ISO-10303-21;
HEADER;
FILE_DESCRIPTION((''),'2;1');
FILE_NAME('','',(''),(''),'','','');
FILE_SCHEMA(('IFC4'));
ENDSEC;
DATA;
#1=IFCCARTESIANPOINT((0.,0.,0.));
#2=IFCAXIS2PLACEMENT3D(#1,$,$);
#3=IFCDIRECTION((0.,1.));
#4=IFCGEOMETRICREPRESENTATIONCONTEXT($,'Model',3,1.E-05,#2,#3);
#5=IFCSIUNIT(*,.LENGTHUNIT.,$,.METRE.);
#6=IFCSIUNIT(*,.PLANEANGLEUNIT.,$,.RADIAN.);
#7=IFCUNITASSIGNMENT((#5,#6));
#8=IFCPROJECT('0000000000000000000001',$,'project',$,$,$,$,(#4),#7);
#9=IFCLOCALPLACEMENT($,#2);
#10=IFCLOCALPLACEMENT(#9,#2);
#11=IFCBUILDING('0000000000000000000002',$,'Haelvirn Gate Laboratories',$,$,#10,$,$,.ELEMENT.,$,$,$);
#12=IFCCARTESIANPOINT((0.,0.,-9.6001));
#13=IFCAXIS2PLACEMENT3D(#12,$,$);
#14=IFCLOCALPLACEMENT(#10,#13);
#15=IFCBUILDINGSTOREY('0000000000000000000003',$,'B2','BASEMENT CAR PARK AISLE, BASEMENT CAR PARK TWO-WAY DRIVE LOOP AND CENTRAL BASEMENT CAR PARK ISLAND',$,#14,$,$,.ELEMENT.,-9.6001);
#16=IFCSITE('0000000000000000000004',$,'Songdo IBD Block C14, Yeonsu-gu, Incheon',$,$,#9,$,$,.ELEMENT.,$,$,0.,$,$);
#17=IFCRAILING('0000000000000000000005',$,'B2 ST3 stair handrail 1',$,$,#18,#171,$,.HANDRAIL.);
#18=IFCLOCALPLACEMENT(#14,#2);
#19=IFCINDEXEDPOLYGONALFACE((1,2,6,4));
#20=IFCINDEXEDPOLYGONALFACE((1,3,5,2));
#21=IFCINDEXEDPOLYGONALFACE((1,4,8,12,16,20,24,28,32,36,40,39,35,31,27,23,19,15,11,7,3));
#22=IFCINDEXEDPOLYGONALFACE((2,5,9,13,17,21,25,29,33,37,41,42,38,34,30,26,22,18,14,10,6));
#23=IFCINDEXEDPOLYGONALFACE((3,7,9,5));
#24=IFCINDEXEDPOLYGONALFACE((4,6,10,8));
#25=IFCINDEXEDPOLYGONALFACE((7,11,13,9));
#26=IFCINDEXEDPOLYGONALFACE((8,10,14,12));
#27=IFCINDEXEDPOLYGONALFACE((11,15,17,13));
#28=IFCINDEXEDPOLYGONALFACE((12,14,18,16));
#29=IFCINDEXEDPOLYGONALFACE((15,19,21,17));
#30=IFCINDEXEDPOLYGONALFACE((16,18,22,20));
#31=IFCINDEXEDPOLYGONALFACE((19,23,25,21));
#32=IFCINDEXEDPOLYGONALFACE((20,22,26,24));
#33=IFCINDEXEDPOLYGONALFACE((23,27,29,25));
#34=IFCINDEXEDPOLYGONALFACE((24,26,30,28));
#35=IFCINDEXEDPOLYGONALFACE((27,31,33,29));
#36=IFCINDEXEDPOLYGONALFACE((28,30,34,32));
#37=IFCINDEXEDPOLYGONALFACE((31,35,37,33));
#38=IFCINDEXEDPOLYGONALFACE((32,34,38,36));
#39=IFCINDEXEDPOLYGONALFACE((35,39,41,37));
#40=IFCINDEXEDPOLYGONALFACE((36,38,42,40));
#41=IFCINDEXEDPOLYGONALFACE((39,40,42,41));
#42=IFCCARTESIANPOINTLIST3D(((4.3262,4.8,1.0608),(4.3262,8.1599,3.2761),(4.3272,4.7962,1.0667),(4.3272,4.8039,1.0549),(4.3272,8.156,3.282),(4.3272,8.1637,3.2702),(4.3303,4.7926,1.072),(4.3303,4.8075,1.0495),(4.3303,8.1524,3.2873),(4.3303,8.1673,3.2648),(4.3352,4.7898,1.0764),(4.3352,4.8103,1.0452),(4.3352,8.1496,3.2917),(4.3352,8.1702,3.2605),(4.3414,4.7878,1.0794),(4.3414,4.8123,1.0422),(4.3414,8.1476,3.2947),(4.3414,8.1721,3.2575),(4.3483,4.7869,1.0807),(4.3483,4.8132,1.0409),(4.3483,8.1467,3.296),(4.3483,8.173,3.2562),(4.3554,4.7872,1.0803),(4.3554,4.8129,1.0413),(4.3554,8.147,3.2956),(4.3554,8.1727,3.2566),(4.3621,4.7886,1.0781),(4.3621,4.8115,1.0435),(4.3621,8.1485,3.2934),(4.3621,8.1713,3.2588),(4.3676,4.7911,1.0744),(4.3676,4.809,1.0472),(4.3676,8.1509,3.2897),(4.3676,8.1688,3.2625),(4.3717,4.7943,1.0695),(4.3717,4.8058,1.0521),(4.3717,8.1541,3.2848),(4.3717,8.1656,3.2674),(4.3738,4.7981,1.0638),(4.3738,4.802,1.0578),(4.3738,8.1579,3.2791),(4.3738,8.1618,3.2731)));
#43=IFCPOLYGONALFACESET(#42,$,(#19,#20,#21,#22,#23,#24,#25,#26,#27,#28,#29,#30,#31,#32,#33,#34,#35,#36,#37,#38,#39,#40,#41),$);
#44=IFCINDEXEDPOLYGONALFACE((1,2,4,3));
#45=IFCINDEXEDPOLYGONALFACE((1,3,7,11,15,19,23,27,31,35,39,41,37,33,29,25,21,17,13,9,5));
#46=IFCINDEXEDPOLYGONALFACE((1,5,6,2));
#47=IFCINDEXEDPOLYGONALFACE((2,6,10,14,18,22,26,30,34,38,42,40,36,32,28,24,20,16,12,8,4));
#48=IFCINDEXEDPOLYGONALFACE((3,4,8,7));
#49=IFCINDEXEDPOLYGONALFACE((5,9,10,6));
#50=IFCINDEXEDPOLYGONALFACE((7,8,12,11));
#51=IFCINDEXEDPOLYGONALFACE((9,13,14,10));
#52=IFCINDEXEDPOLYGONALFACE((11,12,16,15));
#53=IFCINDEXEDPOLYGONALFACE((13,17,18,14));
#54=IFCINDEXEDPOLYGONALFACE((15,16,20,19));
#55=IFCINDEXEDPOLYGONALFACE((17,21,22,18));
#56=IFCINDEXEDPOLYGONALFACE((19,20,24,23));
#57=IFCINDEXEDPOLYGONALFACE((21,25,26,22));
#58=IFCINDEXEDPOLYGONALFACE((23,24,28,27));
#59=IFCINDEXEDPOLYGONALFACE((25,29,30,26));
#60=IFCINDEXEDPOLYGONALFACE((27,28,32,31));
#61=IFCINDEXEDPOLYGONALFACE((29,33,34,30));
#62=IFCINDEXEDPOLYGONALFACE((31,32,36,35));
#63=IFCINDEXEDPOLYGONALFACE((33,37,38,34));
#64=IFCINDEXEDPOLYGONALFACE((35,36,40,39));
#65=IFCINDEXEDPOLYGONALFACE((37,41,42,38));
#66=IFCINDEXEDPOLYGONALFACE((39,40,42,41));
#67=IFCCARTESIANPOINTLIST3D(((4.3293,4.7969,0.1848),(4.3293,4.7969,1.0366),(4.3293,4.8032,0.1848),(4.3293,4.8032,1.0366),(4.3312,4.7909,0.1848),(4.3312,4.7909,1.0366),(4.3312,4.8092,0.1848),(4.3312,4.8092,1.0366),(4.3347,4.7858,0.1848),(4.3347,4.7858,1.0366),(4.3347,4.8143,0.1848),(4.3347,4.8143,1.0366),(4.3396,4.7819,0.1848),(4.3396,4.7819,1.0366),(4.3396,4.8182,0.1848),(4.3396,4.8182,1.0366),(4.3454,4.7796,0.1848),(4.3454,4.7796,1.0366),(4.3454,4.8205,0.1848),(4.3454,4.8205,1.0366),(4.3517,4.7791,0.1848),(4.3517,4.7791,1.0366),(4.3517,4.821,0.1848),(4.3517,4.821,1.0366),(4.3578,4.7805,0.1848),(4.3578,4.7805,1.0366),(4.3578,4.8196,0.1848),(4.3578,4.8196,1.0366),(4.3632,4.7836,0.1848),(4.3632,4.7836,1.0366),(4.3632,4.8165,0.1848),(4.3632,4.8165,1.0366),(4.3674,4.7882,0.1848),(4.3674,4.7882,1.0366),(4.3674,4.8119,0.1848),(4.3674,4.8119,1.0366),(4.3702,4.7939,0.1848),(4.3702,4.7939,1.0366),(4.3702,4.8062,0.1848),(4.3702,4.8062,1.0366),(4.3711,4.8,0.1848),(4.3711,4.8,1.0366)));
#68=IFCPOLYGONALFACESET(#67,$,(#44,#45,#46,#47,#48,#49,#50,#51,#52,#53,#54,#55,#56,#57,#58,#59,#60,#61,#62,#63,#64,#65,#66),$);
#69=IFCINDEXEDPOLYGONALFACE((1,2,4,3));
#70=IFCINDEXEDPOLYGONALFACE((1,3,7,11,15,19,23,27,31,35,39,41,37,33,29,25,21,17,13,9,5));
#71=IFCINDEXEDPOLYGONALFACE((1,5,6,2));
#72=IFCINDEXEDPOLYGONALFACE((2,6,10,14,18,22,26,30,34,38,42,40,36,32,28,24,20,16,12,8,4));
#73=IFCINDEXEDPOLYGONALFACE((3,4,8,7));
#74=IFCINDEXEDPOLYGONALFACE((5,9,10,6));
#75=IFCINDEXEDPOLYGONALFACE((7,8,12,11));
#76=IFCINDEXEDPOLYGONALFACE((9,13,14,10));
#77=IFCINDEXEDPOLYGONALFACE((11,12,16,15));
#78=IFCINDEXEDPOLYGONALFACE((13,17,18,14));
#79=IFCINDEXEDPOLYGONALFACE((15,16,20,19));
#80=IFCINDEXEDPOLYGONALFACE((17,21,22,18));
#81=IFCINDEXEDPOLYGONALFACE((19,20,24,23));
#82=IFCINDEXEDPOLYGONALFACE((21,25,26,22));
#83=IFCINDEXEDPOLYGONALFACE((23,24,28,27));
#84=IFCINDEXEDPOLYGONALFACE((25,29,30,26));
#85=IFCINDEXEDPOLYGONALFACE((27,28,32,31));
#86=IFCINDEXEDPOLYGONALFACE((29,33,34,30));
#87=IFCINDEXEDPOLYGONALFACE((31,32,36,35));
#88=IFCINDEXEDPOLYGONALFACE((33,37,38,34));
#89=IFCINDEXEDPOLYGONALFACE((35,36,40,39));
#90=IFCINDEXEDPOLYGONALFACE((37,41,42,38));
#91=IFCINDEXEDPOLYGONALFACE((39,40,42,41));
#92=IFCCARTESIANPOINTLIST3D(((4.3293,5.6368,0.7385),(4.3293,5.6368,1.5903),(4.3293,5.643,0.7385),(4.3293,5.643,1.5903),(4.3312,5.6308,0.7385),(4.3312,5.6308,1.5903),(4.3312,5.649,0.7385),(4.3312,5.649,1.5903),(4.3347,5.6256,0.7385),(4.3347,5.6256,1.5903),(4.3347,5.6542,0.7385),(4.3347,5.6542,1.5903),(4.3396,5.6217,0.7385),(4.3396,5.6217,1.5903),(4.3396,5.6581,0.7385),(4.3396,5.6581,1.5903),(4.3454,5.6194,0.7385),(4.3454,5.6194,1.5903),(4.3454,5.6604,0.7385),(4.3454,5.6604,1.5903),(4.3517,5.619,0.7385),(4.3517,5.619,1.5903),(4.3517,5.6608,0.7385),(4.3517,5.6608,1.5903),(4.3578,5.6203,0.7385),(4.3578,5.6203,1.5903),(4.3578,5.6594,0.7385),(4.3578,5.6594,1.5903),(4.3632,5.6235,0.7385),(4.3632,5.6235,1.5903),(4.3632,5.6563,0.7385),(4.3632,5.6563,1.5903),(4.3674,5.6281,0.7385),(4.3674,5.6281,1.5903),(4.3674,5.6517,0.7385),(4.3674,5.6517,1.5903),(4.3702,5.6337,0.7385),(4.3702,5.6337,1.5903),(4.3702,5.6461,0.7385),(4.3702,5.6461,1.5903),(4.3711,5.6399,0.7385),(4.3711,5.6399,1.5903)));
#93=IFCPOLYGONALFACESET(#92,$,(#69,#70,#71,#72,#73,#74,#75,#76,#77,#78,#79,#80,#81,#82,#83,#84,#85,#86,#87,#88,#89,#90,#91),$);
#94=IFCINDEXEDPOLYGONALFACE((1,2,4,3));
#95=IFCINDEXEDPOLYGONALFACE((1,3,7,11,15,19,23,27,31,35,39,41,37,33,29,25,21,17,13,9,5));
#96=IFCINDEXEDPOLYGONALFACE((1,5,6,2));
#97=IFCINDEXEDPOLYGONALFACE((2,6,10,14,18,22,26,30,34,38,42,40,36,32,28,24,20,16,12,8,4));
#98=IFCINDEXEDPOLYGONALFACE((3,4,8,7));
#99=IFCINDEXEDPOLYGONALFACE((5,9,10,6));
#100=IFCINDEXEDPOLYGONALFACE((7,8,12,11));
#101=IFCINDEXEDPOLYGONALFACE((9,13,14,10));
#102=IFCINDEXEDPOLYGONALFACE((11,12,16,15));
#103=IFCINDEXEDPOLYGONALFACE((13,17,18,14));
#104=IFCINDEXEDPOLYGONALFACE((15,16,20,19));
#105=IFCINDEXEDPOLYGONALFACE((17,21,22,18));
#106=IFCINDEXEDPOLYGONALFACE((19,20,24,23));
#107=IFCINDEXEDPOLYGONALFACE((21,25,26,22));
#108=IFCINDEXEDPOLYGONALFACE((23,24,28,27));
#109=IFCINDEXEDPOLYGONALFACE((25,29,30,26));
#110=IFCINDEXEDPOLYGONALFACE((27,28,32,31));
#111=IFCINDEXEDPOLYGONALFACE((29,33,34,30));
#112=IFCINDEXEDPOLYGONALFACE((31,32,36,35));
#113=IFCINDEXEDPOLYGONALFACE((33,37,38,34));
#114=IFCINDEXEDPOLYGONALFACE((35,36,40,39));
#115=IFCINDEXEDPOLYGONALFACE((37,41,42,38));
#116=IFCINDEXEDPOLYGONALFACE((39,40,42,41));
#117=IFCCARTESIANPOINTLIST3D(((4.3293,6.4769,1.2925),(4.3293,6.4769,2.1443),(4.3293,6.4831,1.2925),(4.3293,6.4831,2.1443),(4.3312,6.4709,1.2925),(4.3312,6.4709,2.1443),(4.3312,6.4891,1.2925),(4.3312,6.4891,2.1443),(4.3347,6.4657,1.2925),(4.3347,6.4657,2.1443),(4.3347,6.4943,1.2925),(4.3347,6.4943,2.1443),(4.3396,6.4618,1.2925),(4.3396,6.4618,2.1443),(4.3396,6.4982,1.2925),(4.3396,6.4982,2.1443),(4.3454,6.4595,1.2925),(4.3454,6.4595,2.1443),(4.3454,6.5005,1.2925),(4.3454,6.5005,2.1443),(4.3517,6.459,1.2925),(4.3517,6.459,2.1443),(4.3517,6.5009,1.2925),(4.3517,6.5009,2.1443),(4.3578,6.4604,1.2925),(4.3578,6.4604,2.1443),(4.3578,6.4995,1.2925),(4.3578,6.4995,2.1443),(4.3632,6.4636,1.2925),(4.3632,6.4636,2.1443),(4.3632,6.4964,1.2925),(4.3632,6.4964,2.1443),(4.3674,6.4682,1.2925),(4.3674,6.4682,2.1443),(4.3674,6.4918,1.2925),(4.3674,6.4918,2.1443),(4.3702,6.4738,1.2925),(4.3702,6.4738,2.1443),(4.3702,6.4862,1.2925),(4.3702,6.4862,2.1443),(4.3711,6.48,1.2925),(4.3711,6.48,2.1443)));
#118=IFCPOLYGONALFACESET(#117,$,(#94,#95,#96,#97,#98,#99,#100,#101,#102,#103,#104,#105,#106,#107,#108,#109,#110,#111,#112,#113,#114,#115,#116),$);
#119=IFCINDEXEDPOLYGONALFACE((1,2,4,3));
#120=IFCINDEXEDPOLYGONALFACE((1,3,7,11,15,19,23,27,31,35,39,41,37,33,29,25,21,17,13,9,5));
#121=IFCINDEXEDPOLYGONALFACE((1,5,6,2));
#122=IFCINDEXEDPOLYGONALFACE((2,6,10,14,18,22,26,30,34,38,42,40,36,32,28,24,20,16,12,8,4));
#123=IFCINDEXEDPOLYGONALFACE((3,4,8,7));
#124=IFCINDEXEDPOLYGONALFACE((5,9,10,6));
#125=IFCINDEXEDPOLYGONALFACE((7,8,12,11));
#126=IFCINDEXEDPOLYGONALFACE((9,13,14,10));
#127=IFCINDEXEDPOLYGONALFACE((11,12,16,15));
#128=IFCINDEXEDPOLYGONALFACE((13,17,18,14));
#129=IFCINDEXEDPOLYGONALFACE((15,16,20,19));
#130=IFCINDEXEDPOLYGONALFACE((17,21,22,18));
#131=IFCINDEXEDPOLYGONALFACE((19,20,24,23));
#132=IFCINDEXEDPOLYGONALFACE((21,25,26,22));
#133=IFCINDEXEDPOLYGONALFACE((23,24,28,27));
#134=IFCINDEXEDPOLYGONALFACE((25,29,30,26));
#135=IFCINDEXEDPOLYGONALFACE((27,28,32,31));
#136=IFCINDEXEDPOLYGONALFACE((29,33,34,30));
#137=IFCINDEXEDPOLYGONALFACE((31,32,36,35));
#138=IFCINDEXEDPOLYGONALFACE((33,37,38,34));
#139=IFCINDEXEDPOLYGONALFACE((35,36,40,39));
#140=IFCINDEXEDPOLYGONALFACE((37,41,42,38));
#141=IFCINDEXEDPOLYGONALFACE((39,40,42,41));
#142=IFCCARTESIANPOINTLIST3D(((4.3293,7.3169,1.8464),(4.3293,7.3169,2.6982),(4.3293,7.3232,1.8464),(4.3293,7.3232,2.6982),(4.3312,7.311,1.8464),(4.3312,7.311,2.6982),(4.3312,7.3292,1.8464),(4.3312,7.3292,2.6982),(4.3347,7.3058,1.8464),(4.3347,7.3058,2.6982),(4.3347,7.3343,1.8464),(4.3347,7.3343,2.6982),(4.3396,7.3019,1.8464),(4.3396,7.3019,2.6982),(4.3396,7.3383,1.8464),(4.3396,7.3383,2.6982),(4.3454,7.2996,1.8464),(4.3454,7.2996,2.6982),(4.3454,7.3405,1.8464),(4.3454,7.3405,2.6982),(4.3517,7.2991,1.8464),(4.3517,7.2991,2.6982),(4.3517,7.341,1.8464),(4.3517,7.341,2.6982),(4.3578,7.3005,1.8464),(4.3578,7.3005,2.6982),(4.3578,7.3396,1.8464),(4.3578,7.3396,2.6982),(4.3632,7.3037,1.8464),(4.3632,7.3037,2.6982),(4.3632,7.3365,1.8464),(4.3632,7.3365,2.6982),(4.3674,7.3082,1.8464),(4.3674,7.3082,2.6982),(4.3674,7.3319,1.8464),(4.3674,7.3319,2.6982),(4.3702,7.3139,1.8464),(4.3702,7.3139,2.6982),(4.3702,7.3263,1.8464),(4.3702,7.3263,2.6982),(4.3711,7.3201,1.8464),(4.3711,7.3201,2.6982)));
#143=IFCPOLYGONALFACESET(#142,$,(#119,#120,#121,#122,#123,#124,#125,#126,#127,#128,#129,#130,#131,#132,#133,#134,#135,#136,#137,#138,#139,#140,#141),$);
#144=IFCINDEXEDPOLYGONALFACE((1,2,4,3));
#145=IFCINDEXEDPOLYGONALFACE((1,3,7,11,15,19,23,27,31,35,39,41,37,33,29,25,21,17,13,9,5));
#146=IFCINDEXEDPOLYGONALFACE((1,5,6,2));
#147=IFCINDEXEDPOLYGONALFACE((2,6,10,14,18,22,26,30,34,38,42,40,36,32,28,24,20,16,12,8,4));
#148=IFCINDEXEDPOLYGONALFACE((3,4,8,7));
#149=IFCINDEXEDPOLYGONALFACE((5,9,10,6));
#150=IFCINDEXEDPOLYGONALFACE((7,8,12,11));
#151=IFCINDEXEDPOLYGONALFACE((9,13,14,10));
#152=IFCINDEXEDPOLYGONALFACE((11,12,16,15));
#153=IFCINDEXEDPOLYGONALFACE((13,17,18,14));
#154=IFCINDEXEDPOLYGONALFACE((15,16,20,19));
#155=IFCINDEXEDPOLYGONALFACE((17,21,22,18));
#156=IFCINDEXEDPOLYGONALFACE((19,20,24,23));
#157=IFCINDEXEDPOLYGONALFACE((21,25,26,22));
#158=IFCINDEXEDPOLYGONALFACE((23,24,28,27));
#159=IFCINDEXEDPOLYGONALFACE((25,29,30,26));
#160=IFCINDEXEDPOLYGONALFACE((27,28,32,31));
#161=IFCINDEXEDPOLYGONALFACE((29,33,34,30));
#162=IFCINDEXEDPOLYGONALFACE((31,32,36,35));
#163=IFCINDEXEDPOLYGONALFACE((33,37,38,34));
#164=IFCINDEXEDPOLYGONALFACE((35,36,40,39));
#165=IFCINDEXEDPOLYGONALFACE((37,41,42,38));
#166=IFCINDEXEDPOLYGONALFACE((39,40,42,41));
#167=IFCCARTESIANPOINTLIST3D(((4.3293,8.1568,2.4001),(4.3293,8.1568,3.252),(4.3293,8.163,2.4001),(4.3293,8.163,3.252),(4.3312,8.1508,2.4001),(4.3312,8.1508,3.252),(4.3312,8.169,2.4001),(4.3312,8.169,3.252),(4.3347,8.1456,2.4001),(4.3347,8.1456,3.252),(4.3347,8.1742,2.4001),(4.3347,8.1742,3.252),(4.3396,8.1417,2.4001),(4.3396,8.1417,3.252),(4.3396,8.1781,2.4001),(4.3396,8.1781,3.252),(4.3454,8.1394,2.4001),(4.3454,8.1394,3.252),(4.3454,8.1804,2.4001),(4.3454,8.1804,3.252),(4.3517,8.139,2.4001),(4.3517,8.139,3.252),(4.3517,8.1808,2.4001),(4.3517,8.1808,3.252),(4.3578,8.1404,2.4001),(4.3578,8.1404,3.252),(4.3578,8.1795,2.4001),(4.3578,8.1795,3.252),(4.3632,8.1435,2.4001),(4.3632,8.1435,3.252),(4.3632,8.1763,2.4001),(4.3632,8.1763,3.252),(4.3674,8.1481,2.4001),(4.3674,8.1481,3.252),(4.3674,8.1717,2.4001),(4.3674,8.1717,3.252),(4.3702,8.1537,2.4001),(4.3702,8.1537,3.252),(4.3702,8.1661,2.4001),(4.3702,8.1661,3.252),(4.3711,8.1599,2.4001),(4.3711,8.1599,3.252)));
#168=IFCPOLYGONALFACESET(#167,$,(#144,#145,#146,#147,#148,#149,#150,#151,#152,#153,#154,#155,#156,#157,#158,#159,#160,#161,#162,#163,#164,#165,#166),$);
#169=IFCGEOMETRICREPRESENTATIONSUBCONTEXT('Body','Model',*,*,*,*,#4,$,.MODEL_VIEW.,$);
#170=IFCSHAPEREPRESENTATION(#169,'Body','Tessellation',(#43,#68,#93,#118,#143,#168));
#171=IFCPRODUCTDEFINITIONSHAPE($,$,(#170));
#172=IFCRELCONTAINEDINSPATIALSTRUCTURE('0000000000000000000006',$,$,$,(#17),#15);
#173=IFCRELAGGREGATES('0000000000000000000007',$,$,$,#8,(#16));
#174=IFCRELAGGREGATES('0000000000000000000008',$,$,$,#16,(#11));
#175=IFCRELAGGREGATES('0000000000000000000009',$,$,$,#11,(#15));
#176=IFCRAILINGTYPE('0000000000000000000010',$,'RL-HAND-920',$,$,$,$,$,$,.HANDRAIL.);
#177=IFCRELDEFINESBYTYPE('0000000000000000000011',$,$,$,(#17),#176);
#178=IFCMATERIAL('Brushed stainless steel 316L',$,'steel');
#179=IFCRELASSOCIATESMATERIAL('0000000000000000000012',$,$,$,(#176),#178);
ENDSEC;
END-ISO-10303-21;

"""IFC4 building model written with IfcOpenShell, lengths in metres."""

from ifc_helpers import new_model, si_unit, direction, frame, origin, origin_2d, place, context, subcontext, project, spatial, circle, extrude, source, transform, mapped, material, type_object, type_shapes, element, save


model = new_model("IFC4")

# Units and contexts
model_context = context("Model", 3, precision=1e-05, world=origin(), true_north=direction((0.0, 1.0)))
body_context = subcontext(model_context, "Body", "Model", "MODEL_VIEW")
ifc_project = project(units=[si_unit("LENGTHUNIT", "METRE"), si_unit("PLANEANGLEUNIT", "RADIAN")], contexts=[model_context])

# Site, building, storey
site_placement = place(None, origin())
site = spatial("IfcSite", under=ifc_project, at=site_placement, Name="Songdo IBD Block C14, Yeonsu-gu, Incheon", CompositionType="ELEMENT", RefElevation=0.0)
building_placement = place(site_placement, origin())
building = spatial("IfcBuilding", under=site, at=building_placement, Name="Haelvirn Gate Laboratories", CompositionType="ELEMENT")
storey_placement = place(building_placement, frame((0.0, 0.0, -9.6001)))
storey = spatial("IfcBuildingStorey", under=building, at=storey_placement, Name="B2", Description="BASEMENT CAR PARK AISLE, BASEMENT CAR PARK TWO-WAY DRIVE LOOP AND CENTRAL BASEMENT CAR PARK ISLAND", CompositionType="ELEMENT", Elevation=-9.6001)

# Railing
ifc_material_1 = material(Name="Brushed stainless steel 316L", Category="steel")
railing_type = type_object("IfcRailingType", Name="RL-HAND-920", PredefinedType="HANDRAIL", material=ifc_material_1)
shared_shape_1 = source(origin(), body_context, "Body", "SweptSolid", [
    extrude(circle(Radius=0.0239, at=origin_2d()), frame((0.0, 0.0, 0.876), z_axis=(0.0, 0.834858, 0.550465), x_axis=(-1.0, 0.0, 0.0)), (0.0, 0.0, 1.0), 4.0244),
    extrude(circle(Radius=0.021, at=origin_2d()), origin(), (0.0, 0.0, 1.0), 0.8518),
    extrude(circle(Radius=0.021, at=origin_2d()), frame((0.0, 0.8398, 0.5537)), (0.0, 0.0, 1.0), 0.8518),
    extrude(circle(Radius=0.021, at=origin_2d()), frame((0.0, 1.6799, 1.1077)), (0.0, 0.0, 1.0), 0.8518),
    extrude(circle(Radius=0.021, at=origin_2d()), frame((0.0, 2.52, 1.6616)), (0.0, 0.0, 1.0), 0.8518),
    extrude(circle(Radius=0.021, at=origin_2d()), frame((0.0, 3.3599, 2.2153)), (0.0, 0.0, 1.0), 0.8518),
])
type_shapes(railing_type, [shared_shape_1])
railing_placement = place(storey_placement, frame((4.3501, 4.8, 0.1848)))
element("IfcRailing", 1, at=railing_placement, inside=storey, type_object=railing_type, Name="B2 ST3 stair handrail 1", PredefinedType="HANDRAIL", context=body_context, shape_type="MappedRepresentation", body=[
    mapped(shared_shape_1, transform((0.0, 0.0, 0.0), scale=1.0)),
])

save(model, "model.ifc")
